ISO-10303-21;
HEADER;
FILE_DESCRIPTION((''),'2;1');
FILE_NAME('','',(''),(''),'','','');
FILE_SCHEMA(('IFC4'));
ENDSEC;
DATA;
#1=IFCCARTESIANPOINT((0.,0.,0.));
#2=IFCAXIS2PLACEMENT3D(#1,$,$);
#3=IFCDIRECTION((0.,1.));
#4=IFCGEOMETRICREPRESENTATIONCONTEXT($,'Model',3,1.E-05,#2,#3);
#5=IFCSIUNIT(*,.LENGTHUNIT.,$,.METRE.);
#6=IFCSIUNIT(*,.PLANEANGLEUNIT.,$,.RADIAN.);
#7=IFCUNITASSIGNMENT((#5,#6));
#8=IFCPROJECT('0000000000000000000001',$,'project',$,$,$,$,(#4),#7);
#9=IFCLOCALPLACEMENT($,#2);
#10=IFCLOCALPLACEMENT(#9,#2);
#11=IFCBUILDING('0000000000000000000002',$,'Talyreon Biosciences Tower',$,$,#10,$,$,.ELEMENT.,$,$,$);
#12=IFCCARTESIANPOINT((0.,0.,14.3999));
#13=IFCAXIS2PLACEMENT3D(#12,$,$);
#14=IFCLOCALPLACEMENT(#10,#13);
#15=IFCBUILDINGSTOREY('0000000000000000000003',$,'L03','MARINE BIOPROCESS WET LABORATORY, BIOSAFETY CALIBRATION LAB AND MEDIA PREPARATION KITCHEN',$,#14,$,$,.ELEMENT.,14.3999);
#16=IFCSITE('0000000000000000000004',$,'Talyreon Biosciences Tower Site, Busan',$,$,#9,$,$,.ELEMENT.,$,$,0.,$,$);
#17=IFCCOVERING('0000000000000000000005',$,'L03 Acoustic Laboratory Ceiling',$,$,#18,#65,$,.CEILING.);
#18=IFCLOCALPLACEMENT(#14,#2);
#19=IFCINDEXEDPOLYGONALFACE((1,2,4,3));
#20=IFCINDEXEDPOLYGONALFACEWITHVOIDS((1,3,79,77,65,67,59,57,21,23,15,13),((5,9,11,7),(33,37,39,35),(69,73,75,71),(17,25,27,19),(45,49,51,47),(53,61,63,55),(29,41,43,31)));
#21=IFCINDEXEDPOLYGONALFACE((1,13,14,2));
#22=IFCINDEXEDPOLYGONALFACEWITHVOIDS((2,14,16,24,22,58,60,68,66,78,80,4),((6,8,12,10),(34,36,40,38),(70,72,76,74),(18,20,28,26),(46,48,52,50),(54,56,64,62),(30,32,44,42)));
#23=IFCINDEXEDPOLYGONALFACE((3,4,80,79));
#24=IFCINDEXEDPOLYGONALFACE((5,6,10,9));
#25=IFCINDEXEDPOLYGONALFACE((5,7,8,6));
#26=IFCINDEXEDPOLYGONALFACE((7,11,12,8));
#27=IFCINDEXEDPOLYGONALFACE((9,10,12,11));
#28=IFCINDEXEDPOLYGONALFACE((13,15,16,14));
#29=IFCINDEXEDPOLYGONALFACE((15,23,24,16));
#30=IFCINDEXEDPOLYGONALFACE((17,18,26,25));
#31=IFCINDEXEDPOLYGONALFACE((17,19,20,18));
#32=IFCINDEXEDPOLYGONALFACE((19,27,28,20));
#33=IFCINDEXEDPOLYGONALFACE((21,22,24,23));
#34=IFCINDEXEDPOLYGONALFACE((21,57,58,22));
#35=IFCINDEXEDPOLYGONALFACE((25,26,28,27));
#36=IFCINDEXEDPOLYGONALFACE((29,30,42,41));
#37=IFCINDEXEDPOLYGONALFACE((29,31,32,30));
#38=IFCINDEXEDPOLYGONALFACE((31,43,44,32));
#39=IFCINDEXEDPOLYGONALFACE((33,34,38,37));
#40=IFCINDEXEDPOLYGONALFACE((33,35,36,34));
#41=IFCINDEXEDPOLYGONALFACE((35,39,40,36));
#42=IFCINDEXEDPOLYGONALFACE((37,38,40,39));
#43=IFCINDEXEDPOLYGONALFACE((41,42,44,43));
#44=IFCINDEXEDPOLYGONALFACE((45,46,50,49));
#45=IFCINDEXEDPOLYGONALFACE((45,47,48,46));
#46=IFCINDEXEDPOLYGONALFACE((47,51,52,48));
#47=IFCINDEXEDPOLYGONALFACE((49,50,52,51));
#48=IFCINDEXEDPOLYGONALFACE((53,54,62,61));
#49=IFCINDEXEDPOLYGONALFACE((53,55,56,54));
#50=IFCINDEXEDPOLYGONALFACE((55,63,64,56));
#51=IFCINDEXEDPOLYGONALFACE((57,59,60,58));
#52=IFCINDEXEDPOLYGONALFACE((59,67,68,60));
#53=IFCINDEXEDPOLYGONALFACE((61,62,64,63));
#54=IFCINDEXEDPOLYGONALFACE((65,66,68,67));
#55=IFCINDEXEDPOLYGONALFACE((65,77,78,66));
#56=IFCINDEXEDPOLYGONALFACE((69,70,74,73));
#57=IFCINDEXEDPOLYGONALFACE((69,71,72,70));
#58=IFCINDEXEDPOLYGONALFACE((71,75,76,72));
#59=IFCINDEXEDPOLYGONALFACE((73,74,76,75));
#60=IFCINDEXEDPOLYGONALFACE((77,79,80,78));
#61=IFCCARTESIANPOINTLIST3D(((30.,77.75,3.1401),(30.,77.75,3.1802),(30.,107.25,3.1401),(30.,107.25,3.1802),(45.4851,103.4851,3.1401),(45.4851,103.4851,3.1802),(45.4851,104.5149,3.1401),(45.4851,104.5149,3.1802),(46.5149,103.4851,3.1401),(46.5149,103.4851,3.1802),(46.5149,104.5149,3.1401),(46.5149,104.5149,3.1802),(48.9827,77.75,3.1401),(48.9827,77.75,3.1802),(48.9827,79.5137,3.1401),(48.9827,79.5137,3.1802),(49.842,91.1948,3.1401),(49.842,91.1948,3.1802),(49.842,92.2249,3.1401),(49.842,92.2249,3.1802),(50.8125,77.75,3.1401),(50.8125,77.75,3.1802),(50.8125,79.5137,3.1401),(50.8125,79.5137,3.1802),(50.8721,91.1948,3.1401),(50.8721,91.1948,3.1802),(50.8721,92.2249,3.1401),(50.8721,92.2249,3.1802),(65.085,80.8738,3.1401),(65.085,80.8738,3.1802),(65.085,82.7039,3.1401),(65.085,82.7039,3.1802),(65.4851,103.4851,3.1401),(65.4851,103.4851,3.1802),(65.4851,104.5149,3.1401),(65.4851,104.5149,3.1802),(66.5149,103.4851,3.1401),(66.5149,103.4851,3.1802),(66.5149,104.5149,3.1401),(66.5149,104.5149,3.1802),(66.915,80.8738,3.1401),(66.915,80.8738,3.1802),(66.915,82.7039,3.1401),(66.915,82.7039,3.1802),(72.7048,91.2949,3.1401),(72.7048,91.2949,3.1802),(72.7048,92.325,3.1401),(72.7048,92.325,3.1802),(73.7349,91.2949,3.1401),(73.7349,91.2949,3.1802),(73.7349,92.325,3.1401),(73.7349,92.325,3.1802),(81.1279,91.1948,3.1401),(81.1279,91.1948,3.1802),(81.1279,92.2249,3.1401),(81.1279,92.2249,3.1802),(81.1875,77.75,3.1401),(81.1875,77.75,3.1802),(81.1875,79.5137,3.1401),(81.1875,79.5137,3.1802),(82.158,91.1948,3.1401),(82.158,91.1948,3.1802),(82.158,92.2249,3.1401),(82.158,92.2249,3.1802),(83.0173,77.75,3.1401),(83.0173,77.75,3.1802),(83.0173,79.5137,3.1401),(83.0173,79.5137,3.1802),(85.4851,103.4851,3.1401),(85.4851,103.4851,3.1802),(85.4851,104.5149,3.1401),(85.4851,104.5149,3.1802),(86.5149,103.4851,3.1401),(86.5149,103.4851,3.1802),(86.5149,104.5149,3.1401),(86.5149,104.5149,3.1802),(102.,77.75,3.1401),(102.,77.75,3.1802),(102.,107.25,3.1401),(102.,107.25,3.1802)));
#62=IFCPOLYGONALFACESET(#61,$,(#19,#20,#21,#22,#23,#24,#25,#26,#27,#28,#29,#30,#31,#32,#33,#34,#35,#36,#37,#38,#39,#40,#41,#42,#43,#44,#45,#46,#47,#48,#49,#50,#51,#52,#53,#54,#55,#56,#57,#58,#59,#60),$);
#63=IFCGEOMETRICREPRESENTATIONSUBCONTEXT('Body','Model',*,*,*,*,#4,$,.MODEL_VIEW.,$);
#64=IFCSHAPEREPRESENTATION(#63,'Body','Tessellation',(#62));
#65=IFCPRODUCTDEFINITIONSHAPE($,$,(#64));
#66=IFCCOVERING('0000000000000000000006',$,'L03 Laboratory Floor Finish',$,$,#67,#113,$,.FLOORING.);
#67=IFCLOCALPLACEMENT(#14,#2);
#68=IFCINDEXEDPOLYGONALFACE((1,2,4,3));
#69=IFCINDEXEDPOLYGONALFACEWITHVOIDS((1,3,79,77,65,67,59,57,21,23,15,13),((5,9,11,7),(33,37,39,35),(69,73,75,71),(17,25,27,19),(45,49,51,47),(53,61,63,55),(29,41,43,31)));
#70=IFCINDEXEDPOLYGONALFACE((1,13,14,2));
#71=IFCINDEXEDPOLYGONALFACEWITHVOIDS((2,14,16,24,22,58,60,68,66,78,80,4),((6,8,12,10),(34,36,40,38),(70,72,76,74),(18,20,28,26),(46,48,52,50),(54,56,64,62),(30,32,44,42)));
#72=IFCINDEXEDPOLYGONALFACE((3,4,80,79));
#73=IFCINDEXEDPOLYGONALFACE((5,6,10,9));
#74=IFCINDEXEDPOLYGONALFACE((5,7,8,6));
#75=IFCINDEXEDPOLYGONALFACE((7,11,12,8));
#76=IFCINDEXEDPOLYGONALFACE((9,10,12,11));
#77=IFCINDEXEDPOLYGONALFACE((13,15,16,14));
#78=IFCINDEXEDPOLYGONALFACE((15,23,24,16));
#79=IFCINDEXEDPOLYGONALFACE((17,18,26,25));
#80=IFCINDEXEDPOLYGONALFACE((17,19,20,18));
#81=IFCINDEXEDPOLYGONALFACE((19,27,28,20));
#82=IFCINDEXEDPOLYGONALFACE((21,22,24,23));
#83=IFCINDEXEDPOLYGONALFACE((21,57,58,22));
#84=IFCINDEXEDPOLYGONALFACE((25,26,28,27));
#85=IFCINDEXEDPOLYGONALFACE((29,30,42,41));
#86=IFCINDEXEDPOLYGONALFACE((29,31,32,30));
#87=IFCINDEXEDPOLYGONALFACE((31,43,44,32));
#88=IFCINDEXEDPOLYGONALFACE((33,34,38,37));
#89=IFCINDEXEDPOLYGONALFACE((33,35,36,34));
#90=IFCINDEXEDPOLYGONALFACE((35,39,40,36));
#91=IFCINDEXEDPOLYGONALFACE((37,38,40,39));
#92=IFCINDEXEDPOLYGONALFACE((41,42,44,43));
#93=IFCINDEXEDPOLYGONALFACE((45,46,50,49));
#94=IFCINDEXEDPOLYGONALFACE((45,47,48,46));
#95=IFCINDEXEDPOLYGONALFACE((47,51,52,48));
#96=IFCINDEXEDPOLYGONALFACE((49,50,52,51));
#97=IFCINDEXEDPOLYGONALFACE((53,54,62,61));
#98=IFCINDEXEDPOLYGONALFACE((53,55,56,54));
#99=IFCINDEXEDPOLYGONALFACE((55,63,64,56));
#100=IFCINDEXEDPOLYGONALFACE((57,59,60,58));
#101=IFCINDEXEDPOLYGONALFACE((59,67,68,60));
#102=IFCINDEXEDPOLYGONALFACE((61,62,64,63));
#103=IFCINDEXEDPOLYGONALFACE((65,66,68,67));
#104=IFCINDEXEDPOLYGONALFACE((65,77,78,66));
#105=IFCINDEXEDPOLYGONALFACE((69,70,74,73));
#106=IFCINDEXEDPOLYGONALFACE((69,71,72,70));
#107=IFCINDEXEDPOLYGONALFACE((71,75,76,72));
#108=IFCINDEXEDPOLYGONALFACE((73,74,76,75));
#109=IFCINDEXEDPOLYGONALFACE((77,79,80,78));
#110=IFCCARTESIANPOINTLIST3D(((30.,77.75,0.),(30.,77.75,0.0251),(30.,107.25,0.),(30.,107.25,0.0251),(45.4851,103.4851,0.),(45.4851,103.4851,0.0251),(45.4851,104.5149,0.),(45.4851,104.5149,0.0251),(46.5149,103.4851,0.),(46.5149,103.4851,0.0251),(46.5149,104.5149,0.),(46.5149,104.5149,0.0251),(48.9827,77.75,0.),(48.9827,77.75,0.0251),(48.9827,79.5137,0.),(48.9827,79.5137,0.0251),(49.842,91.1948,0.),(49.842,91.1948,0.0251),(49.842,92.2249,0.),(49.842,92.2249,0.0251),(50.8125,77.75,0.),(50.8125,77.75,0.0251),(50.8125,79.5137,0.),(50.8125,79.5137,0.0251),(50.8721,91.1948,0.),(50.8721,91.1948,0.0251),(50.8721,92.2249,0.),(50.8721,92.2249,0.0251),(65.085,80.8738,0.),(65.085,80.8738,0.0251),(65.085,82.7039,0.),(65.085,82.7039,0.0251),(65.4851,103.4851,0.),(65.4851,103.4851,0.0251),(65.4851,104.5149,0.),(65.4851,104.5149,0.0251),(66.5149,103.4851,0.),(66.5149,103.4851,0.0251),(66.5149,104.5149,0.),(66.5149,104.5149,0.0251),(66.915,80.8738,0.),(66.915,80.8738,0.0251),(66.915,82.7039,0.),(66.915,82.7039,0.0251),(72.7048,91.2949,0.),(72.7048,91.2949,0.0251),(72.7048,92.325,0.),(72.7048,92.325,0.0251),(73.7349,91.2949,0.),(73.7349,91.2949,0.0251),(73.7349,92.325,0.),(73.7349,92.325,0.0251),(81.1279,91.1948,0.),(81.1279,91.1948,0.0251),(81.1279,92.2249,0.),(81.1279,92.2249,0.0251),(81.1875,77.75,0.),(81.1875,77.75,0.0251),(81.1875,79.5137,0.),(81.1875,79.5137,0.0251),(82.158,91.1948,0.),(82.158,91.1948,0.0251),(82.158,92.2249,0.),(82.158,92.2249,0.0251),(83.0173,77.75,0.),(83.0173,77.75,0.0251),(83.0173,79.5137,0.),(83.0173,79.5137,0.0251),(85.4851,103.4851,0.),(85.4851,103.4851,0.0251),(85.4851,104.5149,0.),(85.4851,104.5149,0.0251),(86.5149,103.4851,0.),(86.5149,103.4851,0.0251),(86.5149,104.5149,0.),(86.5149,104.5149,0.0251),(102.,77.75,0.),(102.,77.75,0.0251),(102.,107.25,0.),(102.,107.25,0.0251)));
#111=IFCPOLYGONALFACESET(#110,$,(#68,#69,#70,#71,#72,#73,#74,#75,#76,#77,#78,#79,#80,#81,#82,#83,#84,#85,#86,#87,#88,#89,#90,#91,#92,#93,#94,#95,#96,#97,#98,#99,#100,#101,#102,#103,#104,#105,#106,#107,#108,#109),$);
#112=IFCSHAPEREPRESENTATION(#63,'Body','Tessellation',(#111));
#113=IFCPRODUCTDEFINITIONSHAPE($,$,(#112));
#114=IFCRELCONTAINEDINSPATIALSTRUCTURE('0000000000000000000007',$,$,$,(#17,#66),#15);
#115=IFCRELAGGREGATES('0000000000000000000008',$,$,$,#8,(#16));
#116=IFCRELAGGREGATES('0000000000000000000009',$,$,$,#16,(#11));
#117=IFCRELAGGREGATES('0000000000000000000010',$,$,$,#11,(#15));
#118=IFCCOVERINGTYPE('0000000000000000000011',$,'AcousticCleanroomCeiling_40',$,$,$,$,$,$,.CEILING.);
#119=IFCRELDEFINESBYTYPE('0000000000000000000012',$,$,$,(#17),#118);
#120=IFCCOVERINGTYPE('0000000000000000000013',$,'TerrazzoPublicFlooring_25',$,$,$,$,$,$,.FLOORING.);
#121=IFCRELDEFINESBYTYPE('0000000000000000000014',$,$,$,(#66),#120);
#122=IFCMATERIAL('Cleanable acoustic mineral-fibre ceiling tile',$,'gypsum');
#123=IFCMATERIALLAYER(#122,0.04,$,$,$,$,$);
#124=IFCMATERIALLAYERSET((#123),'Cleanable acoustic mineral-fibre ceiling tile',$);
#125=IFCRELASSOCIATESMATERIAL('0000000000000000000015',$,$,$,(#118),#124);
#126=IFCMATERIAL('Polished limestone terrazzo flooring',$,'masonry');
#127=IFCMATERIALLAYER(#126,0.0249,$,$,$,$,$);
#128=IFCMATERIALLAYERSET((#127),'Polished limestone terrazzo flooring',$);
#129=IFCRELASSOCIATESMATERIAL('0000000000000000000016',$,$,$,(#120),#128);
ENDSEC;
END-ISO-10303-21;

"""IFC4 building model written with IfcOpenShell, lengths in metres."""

from ifc_helpers import new_model, si_unit, direction, frame, origin, place, context, subcontext, project, spatial, polyline, outline, extrude, material, layer, layer_set, type_object, element, save


model = new_model("IFC4")

# Units and contexts
model_context = context("Model", 3, precision=1e-05, world=origin(), true_north=direction((0.0, 1.0)))
body_context = subcontext(model_context, "Body", "Model", "MODEL_VIEW")
ifc_project = project(units=[si_unit("LENGTHUNIT", "METRE"), si_unit("PLANEANGLEUNIT", "RADIAN")], contexts=[model_context])

# Site, building, storey
site_placement = place(None, origin())
site = spatial("IfcSite", under=ifc_project, at=site_placement, Name="Talyreon Biosciences Tower Site, Busan", CompositionType="ELEMENT", RefElevation=0.0)
building_placement = place(site_placement, origin())
building = spatial("IfcBuilding", under=site, at=building_placement, Name="Talyreon Biosciences Tower", CompositionType="ELEMENT")
storey_placement = place(building_placement, frame((0.0, 0.0, 14.3999)))
storey = spatial("IfcBuildingStorey", under=building, at=storey_placement, Name="L03", Description="MARINE BIOPROCESS WET LABORATORY, BIOSAFETY CALIBRATION LAB AND MEDIA PREPARATION KITCHEN", CompositionType="ELEMENT", Elevation=14.3999)

# Coverings
ifc_material_1 = material(Name="Cleanable acoustic mineral-fibre ceiling tile", Category="gypsum")
ifc_layer_1 = layer(ifc_material_1, 0.04)
ifc_layer_set_1 = layer_set([ifc_layer_1], Name="Cleanable acoustic mineral-fibre ceiling tile")
covering_type_1 = type_object("IfcCoveringType", Name="AcousticCleanroomCeiling_40", PredefinedType="CEILING", material=ifc_layer_set_1)
covering_1_placement = place(storey_placement, frame((0.0, 0.0, 3.1401)))
element("IfcCovering", 1, at=covering_1_placement, inside=storey, type_object=covering_type_1, Name="L03 Acoustic Laboratory Ceiling", PredefinedType="CEILING", context=body_context, shape_type="SweptSolid", body=[
    extrude(outline(polyline([(102.0, 77.75), (83.0173, 77.75), (83.0173, 79.5137), (81.1875, 79.5137), (81.1875, 77.75), (50.8125, 77.75), (50.8125, 79.5137), (48.9827, 79.5137), (48.9827, 77.75), (30.0, 77.75), (30.0, 107.25), (102.0, 107.25), (102.0, 77.75)]), holes=[polyline([(65.085, 80.8738), (66.915, 80.8738), (66.915, 82.7039), (65.085, 82.7039), (65.085, 80.8738)]), polyline([(50.8721, 92.2249), (49.842, 92.2249), (49.842, 91.1948), (50.8721, 91.1948), (50.8721, 92.2249)]), polyline([(45.4851, 104.5149), (45.4851, 103.4851), (46.5149, 103.4851), (46.5149, 104.5149), (45.4851, 104.5149)]), polyline([(82.158, 92.2249), (81.1279, 92.2249), (81.1279, 91.1948), (82.158, 91.1948), (82.158, 92.2249)]), polyline([(73.7349, 92.325), (72.7048, 92.325), (72.7048, 91.2949), (73.7349, 91.2949), (73.7349, 92.325)]), polyline([(85.4851, 104.5149), (85.4851, 103.4851), (86.5149, 103.4851), (86.5149, 104.5149), (85.4851, 104.5149)]), polyline([(65.4851, 104.5149), (65.4851, 103.4851), (66.5149, 103.4851), (66.5149, 104.5149), (65.4851, 104.5149)])]), origin(), (0.0, 0.0, 1.0), 0.04),
])
ifc_material_2 = material(Name="Polished limestone terrazzo flooring", Category="masonry")
ifc_layer_2 = layer(ifc_material_2, 0.0249)
ifc_layer_set_2 = layer_set([ifc_layer_2], Name="Polished limestone terrazzo flooring")
covering_type_2 = type_object("IfcCoveringType", Name="TerrazzoPublicFlooring_25", PredefinedType="FLOORING", material=ifc_layer_set_2)
covering_2_placement = place(storey_placement, origin())
element("IfcCovering", 2, at=covering_2_placement, inside=storey, type_object=covering_type_2, Name="L03 Laboratory Floor Finish", PredefinedType="FLOORING", context=body_context, shape_type="SweptSolid", body=[
    extrude(outline(polyline([(102.0, 77.75), (83.0173, 77.75), (83.0173, 79.5137), (81.1875, 79.5137), (81.1875, 77.75), (50.8125, 77.75), (50.8125, 79.5137), (48.9827, 79.5137), (48.9827, 77.75), (30.0, 77.75), (30.0, 107.25), (102.0, 107.25), (102.0, 77.75)]), holes=[polyline([(65.085, 80.8738), (66.915, 80.8738), (66.915, 82.7039), (65.085, 82.7039), (65.085, 80.8738)]), polyline([(50.8721, 92.2249), (49.842, 92.2249), (49.842, 91.1948), (50.8721, 91.1948), (50.8721, 92.2249)]), polyline([(45.4851, 104.5149), (45.4851, 103.4851), (46.5149, 103.4851), (46.5149, 104.5149), (45.4851, 104.5149)]), polyline([(82.158, 92.2249), (81.1279, 92.2249), (81.1279, 91.1948), (82.158, 91.1948), (82.158, 92.2249)]), polyline([(73.7349, 92.325), (72.7048, 92.325), (72.7048, 91.2949), (73.7349, 91.2949), (73.7349, 92.325)]), polyline([(85.4851, 104.5149), (85.4851, 103.4851), (86.5149, 103.4851), (86.5149, 104.5149), (85.4851, 104.5149)]), polyline([(65.4851, 104.5149), (65.4851, 103.4851), (66.5149, 103.4851), (66.5149, 104.5149), (65.4851, 104.5149)])]), origin(), (0.0, 0.0, 1.0), 0.0251),
])

save(model, "model.ifc")
